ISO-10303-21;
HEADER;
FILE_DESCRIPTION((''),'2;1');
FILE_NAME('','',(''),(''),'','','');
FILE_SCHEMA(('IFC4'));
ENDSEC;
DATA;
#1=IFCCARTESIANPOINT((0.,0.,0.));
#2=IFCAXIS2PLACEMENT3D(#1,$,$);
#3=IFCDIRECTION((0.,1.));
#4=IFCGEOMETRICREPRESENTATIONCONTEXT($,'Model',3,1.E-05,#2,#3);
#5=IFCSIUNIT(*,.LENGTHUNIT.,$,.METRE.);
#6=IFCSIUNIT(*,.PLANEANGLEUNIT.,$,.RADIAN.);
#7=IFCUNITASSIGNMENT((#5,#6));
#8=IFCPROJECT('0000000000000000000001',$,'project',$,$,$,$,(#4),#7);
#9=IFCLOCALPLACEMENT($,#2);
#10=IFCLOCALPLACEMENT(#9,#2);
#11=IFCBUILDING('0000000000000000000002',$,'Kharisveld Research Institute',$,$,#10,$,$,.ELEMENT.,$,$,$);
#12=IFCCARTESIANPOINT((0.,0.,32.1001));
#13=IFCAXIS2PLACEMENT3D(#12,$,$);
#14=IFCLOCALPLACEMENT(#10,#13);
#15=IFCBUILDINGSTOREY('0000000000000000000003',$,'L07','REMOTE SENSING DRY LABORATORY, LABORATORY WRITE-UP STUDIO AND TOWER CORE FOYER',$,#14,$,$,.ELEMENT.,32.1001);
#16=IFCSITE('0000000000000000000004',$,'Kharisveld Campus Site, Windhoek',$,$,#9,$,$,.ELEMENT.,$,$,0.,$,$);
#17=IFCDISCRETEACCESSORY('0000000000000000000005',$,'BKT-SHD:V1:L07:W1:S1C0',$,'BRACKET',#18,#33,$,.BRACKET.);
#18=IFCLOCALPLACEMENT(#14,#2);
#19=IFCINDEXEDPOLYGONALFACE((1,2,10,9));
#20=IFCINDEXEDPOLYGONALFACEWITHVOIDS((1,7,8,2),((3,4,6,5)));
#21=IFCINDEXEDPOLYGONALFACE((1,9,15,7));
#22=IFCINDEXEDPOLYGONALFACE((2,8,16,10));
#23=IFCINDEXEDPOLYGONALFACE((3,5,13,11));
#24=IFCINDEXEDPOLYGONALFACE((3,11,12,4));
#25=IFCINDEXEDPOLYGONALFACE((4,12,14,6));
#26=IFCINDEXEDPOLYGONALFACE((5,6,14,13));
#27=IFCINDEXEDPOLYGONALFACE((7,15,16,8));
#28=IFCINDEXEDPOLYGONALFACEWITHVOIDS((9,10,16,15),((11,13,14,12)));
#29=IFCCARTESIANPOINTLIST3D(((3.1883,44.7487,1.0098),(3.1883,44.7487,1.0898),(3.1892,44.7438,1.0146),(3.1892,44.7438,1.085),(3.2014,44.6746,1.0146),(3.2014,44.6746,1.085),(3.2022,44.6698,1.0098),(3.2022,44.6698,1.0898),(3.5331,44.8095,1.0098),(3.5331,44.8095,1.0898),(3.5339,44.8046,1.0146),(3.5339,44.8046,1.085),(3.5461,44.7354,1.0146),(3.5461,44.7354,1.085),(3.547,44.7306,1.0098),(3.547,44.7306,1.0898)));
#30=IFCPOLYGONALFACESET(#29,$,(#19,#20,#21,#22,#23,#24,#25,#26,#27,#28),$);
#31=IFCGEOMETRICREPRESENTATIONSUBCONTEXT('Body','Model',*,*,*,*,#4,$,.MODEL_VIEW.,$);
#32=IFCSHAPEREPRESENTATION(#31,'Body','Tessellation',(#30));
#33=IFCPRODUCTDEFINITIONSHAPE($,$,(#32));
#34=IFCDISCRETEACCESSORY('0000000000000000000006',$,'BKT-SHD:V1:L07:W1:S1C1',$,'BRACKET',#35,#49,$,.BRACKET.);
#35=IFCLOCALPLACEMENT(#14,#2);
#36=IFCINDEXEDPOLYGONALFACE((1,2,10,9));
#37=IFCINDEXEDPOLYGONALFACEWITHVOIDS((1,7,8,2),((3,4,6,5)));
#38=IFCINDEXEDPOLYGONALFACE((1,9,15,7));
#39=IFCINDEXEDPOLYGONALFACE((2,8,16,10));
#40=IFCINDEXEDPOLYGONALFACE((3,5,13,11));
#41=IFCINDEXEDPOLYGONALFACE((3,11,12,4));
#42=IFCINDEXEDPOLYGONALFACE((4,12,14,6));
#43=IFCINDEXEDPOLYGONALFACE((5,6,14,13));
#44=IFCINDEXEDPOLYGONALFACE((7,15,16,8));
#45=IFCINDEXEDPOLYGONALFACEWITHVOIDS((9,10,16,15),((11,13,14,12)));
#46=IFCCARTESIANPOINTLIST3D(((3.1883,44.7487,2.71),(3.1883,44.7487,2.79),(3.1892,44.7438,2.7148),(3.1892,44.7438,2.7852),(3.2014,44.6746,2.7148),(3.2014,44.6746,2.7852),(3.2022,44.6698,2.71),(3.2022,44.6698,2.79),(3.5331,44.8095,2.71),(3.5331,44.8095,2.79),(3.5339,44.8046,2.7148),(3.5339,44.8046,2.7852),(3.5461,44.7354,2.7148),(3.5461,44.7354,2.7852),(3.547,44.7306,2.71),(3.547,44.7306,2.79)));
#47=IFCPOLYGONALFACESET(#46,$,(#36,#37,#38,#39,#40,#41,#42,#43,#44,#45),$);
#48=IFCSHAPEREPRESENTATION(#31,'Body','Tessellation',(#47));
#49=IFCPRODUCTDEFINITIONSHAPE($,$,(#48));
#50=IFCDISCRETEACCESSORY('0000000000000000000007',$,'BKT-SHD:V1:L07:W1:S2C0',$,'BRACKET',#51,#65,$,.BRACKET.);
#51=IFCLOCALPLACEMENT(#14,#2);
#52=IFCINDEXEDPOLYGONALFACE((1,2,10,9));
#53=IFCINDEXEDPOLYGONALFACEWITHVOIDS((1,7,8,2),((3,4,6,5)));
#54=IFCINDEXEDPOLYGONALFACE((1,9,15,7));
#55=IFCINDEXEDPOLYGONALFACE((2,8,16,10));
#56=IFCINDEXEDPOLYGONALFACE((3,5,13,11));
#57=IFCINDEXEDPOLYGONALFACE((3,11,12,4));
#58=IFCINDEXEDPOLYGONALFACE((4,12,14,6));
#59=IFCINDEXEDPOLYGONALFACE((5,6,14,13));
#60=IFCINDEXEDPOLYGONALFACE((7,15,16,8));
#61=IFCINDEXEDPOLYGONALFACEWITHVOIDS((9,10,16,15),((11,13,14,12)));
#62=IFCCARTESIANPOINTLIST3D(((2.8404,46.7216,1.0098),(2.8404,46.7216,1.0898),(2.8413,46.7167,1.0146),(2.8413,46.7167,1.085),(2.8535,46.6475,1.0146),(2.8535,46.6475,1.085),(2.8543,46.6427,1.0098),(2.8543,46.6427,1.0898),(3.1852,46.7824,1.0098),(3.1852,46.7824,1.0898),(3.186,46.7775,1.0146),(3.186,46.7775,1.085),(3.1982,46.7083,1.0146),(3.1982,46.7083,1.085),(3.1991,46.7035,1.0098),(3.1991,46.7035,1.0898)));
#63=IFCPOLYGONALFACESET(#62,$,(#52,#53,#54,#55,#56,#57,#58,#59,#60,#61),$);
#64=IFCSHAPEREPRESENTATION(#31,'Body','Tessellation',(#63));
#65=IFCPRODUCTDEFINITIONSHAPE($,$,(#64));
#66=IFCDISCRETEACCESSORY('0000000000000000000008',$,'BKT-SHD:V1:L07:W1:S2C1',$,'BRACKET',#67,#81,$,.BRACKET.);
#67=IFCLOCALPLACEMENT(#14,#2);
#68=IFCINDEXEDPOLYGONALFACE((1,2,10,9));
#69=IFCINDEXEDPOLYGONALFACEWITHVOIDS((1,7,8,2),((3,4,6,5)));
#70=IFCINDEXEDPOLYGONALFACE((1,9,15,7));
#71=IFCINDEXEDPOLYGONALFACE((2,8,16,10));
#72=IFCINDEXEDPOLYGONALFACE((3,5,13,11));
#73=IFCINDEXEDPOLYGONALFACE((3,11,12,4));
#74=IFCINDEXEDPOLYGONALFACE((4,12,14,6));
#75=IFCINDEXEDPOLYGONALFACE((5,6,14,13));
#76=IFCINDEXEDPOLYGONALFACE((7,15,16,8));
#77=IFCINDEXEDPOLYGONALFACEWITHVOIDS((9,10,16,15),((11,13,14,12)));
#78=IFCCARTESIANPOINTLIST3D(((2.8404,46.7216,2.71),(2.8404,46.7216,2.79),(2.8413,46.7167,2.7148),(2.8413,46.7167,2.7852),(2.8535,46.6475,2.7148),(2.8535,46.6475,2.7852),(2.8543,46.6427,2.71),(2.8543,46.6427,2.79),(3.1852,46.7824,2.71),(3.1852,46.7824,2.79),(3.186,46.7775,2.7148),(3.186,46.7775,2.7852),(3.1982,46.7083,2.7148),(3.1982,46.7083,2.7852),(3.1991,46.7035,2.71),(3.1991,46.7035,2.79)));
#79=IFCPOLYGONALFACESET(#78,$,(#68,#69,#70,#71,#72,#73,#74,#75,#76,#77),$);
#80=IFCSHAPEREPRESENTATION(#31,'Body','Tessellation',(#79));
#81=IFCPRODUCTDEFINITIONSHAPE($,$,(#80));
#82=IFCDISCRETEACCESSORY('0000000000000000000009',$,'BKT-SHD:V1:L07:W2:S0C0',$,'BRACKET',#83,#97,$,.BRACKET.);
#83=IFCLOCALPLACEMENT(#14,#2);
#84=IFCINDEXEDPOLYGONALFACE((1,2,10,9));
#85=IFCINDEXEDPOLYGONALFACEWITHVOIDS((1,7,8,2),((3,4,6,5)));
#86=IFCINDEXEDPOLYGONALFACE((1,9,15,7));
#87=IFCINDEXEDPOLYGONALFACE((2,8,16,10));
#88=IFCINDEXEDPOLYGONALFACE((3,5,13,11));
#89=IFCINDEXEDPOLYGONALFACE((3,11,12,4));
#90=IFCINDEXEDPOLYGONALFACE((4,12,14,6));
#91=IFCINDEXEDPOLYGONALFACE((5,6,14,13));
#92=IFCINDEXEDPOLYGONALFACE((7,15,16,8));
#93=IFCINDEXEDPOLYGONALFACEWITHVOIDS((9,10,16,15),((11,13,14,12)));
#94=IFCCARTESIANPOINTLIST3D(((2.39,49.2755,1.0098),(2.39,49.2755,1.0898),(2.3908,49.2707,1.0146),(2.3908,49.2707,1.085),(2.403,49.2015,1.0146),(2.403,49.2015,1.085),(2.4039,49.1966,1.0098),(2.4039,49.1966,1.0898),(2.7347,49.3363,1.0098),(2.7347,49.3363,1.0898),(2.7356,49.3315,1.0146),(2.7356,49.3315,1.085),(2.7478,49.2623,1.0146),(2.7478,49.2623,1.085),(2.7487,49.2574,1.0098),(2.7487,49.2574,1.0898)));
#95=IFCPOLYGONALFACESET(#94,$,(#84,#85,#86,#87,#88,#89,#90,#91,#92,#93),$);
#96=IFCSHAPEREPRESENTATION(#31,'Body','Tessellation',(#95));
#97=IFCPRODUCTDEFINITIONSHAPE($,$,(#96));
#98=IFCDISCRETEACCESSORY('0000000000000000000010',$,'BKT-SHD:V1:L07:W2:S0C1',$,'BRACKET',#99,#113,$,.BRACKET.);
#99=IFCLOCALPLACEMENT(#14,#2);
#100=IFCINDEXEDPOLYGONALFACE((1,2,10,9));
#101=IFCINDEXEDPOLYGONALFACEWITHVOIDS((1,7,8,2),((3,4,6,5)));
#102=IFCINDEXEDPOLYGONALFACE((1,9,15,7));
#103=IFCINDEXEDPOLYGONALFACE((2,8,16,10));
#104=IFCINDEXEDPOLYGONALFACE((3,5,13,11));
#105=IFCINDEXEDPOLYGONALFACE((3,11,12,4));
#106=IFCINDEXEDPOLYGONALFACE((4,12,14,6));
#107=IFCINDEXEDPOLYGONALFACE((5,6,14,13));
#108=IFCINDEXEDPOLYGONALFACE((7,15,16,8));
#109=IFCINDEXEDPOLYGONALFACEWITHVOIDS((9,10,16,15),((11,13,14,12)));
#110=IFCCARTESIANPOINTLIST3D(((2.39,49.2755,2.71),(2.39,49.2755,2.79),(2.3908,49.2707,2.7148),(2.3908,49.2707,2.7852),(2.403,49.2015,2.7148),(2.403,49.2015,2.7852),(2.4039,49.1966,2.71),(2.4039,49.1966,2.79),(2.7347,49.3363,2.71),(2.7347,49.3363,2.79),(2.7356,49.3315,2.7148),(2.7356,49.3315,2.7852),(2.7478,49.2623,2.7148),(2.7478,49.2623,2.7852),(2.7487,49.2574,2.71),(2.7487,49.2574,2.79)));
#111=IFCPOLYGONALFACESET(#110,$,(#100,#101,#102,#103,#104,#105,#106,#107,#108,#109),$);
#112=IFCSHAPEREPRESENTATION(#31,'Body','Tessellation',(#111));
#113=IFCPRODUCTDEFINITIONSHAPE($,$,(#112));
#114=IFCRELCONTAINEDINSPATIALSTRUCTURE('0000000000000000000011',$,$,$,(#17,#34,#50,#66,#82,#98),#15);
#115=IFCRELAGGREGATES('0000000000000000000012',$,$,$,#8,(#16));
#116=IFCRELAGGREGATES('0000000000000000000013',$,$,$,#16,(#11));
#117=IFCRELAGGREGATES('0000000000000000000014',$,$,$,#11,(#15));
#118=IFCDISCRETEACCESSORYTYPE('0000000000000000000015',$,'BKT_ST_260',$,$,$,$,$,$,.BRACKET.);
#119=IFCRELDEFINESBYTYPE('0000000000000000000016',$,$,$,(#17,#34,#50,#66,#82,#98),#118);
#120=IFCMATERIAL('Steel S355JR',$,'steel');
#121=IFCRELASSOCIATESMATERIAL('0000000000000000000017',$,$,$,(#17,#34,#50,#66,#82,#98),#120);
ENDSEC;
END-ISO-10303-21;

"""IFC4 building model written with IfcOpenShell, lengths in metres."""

from ifc_helpers import new_model, si_unit, direction, frame, origin, origin_2d, place, context, subcontext, project, spatial, hollow_rectangle, extrude, material, type_object, element, save


model = new_model("IFC4")

# Units and contexts
model_context = context("Model", 3, precision=1e-05, world=origin(), true_north=direction((0.0, 1.0)))
body_context = subcontext(model_context, "Body", "Model", "MODEL_VIEW")
ifc_project = project(units=[si_unit("LENGTHUNIT", "METRE"), si_unit("PLANEANGLEUNIT", "RADIAN")], contexts=[model_context])

# Site, building, storey
site_placement = place(None, origin())
site = spatial("IfcSite", under=ifc_project, at=site_placement, Name="Kharisveld Campus Site, Windhoek", CompositionType="ELEMENT", RefElevation=0.0)
building_placement = place(site_placement, origin())
building = spatial("IfcBuilding", under=site, at=building_placement, Name="Kharisveld Research Institute", CompositionType="ELEMENT")
storey_placement = place(building_placement, frame((0.0, 0.0, 32.1001)))
storey = spatial("IfcBuildingStorey", under=building, at=storey_placement, Name="L07", Description="REMOTE SENSING DRY LABORATORY, LABORATORY WRITE-UP STUDIO AND TOWER CORE FOYER", CompositionType="ELEMENT", Elevation=32.1001)

# Discrete accessories
ifc_material_1 = material(Name="Steel S355JR", Category="steel")
discrete_accessory_type = type_object("IfcDiscreteAccessoryType", Name="BKT_ST_260", PredefinedType="BRACKET")
for number, where, z_axis, x_axis, name in (
    (1, (3.54, 44.77, 1.0498), (-0.984805, -0.173666, 0.0), (0.173666, -0.984805, 0.0), "BKT-SHD:V1:L07:W1:S1C0"),
    (2, (3.54, 44.77, 2.75), (-0.984805, -0.173666, 0.0), (0.173666, -0.984805, 0.0), "BKT-SHD:V1:L07:W1:S1C1"),
    (3, (3.1921, 46.7429, 1.0498), (-0.984805, -0.173666, 0.0), (0.173666, -0.984805, 0.0), "BKT-SHD:V1:L07:W1:S2C0"),
    (4, (3.1921, 46.7429, 2.75), (-0.984805, -0.173666, 0.0), (0.173666, -0.984805, 0.0), "BKT-SHD:V1:L07:W1:S2C1"),
    (5, (2.7417, 49.2969, 1.0498), (-0.984805, -0.173666, 0.0), (0.173666, -0.984805, 0.0), "BKT-SHD:V1:L07:W2:S0C0"),
    (6, (2.7417, 49.2969, 2.75), (-0.984805, -0.173666, 0.0), (0.173666, -0.984805, 0.0), "BKT-SHD:V1:L07:W2:S0C1"),
):
    element("IfcDiscreteAccessory", number, at=place(storey_placement, frame(where, z_axis=z_axis, x_axis=x_axis)), inside=storey, type_object=discrete_accessory_type, material=ifc_material_1, Name=name, ObjectType="BRACKET", PredefinedType="BRACKET", context=body_context, shape_type="SweptSolid", body=[
        extrude(hollow_rectangle(XDim=0.0801, YDim=0.0801, WallThickness=0.0049, at=origin_2d()), origin(), (0.0, 0.0, 1.0), 0.3501),
    ])

save(model, "model.ifc")
